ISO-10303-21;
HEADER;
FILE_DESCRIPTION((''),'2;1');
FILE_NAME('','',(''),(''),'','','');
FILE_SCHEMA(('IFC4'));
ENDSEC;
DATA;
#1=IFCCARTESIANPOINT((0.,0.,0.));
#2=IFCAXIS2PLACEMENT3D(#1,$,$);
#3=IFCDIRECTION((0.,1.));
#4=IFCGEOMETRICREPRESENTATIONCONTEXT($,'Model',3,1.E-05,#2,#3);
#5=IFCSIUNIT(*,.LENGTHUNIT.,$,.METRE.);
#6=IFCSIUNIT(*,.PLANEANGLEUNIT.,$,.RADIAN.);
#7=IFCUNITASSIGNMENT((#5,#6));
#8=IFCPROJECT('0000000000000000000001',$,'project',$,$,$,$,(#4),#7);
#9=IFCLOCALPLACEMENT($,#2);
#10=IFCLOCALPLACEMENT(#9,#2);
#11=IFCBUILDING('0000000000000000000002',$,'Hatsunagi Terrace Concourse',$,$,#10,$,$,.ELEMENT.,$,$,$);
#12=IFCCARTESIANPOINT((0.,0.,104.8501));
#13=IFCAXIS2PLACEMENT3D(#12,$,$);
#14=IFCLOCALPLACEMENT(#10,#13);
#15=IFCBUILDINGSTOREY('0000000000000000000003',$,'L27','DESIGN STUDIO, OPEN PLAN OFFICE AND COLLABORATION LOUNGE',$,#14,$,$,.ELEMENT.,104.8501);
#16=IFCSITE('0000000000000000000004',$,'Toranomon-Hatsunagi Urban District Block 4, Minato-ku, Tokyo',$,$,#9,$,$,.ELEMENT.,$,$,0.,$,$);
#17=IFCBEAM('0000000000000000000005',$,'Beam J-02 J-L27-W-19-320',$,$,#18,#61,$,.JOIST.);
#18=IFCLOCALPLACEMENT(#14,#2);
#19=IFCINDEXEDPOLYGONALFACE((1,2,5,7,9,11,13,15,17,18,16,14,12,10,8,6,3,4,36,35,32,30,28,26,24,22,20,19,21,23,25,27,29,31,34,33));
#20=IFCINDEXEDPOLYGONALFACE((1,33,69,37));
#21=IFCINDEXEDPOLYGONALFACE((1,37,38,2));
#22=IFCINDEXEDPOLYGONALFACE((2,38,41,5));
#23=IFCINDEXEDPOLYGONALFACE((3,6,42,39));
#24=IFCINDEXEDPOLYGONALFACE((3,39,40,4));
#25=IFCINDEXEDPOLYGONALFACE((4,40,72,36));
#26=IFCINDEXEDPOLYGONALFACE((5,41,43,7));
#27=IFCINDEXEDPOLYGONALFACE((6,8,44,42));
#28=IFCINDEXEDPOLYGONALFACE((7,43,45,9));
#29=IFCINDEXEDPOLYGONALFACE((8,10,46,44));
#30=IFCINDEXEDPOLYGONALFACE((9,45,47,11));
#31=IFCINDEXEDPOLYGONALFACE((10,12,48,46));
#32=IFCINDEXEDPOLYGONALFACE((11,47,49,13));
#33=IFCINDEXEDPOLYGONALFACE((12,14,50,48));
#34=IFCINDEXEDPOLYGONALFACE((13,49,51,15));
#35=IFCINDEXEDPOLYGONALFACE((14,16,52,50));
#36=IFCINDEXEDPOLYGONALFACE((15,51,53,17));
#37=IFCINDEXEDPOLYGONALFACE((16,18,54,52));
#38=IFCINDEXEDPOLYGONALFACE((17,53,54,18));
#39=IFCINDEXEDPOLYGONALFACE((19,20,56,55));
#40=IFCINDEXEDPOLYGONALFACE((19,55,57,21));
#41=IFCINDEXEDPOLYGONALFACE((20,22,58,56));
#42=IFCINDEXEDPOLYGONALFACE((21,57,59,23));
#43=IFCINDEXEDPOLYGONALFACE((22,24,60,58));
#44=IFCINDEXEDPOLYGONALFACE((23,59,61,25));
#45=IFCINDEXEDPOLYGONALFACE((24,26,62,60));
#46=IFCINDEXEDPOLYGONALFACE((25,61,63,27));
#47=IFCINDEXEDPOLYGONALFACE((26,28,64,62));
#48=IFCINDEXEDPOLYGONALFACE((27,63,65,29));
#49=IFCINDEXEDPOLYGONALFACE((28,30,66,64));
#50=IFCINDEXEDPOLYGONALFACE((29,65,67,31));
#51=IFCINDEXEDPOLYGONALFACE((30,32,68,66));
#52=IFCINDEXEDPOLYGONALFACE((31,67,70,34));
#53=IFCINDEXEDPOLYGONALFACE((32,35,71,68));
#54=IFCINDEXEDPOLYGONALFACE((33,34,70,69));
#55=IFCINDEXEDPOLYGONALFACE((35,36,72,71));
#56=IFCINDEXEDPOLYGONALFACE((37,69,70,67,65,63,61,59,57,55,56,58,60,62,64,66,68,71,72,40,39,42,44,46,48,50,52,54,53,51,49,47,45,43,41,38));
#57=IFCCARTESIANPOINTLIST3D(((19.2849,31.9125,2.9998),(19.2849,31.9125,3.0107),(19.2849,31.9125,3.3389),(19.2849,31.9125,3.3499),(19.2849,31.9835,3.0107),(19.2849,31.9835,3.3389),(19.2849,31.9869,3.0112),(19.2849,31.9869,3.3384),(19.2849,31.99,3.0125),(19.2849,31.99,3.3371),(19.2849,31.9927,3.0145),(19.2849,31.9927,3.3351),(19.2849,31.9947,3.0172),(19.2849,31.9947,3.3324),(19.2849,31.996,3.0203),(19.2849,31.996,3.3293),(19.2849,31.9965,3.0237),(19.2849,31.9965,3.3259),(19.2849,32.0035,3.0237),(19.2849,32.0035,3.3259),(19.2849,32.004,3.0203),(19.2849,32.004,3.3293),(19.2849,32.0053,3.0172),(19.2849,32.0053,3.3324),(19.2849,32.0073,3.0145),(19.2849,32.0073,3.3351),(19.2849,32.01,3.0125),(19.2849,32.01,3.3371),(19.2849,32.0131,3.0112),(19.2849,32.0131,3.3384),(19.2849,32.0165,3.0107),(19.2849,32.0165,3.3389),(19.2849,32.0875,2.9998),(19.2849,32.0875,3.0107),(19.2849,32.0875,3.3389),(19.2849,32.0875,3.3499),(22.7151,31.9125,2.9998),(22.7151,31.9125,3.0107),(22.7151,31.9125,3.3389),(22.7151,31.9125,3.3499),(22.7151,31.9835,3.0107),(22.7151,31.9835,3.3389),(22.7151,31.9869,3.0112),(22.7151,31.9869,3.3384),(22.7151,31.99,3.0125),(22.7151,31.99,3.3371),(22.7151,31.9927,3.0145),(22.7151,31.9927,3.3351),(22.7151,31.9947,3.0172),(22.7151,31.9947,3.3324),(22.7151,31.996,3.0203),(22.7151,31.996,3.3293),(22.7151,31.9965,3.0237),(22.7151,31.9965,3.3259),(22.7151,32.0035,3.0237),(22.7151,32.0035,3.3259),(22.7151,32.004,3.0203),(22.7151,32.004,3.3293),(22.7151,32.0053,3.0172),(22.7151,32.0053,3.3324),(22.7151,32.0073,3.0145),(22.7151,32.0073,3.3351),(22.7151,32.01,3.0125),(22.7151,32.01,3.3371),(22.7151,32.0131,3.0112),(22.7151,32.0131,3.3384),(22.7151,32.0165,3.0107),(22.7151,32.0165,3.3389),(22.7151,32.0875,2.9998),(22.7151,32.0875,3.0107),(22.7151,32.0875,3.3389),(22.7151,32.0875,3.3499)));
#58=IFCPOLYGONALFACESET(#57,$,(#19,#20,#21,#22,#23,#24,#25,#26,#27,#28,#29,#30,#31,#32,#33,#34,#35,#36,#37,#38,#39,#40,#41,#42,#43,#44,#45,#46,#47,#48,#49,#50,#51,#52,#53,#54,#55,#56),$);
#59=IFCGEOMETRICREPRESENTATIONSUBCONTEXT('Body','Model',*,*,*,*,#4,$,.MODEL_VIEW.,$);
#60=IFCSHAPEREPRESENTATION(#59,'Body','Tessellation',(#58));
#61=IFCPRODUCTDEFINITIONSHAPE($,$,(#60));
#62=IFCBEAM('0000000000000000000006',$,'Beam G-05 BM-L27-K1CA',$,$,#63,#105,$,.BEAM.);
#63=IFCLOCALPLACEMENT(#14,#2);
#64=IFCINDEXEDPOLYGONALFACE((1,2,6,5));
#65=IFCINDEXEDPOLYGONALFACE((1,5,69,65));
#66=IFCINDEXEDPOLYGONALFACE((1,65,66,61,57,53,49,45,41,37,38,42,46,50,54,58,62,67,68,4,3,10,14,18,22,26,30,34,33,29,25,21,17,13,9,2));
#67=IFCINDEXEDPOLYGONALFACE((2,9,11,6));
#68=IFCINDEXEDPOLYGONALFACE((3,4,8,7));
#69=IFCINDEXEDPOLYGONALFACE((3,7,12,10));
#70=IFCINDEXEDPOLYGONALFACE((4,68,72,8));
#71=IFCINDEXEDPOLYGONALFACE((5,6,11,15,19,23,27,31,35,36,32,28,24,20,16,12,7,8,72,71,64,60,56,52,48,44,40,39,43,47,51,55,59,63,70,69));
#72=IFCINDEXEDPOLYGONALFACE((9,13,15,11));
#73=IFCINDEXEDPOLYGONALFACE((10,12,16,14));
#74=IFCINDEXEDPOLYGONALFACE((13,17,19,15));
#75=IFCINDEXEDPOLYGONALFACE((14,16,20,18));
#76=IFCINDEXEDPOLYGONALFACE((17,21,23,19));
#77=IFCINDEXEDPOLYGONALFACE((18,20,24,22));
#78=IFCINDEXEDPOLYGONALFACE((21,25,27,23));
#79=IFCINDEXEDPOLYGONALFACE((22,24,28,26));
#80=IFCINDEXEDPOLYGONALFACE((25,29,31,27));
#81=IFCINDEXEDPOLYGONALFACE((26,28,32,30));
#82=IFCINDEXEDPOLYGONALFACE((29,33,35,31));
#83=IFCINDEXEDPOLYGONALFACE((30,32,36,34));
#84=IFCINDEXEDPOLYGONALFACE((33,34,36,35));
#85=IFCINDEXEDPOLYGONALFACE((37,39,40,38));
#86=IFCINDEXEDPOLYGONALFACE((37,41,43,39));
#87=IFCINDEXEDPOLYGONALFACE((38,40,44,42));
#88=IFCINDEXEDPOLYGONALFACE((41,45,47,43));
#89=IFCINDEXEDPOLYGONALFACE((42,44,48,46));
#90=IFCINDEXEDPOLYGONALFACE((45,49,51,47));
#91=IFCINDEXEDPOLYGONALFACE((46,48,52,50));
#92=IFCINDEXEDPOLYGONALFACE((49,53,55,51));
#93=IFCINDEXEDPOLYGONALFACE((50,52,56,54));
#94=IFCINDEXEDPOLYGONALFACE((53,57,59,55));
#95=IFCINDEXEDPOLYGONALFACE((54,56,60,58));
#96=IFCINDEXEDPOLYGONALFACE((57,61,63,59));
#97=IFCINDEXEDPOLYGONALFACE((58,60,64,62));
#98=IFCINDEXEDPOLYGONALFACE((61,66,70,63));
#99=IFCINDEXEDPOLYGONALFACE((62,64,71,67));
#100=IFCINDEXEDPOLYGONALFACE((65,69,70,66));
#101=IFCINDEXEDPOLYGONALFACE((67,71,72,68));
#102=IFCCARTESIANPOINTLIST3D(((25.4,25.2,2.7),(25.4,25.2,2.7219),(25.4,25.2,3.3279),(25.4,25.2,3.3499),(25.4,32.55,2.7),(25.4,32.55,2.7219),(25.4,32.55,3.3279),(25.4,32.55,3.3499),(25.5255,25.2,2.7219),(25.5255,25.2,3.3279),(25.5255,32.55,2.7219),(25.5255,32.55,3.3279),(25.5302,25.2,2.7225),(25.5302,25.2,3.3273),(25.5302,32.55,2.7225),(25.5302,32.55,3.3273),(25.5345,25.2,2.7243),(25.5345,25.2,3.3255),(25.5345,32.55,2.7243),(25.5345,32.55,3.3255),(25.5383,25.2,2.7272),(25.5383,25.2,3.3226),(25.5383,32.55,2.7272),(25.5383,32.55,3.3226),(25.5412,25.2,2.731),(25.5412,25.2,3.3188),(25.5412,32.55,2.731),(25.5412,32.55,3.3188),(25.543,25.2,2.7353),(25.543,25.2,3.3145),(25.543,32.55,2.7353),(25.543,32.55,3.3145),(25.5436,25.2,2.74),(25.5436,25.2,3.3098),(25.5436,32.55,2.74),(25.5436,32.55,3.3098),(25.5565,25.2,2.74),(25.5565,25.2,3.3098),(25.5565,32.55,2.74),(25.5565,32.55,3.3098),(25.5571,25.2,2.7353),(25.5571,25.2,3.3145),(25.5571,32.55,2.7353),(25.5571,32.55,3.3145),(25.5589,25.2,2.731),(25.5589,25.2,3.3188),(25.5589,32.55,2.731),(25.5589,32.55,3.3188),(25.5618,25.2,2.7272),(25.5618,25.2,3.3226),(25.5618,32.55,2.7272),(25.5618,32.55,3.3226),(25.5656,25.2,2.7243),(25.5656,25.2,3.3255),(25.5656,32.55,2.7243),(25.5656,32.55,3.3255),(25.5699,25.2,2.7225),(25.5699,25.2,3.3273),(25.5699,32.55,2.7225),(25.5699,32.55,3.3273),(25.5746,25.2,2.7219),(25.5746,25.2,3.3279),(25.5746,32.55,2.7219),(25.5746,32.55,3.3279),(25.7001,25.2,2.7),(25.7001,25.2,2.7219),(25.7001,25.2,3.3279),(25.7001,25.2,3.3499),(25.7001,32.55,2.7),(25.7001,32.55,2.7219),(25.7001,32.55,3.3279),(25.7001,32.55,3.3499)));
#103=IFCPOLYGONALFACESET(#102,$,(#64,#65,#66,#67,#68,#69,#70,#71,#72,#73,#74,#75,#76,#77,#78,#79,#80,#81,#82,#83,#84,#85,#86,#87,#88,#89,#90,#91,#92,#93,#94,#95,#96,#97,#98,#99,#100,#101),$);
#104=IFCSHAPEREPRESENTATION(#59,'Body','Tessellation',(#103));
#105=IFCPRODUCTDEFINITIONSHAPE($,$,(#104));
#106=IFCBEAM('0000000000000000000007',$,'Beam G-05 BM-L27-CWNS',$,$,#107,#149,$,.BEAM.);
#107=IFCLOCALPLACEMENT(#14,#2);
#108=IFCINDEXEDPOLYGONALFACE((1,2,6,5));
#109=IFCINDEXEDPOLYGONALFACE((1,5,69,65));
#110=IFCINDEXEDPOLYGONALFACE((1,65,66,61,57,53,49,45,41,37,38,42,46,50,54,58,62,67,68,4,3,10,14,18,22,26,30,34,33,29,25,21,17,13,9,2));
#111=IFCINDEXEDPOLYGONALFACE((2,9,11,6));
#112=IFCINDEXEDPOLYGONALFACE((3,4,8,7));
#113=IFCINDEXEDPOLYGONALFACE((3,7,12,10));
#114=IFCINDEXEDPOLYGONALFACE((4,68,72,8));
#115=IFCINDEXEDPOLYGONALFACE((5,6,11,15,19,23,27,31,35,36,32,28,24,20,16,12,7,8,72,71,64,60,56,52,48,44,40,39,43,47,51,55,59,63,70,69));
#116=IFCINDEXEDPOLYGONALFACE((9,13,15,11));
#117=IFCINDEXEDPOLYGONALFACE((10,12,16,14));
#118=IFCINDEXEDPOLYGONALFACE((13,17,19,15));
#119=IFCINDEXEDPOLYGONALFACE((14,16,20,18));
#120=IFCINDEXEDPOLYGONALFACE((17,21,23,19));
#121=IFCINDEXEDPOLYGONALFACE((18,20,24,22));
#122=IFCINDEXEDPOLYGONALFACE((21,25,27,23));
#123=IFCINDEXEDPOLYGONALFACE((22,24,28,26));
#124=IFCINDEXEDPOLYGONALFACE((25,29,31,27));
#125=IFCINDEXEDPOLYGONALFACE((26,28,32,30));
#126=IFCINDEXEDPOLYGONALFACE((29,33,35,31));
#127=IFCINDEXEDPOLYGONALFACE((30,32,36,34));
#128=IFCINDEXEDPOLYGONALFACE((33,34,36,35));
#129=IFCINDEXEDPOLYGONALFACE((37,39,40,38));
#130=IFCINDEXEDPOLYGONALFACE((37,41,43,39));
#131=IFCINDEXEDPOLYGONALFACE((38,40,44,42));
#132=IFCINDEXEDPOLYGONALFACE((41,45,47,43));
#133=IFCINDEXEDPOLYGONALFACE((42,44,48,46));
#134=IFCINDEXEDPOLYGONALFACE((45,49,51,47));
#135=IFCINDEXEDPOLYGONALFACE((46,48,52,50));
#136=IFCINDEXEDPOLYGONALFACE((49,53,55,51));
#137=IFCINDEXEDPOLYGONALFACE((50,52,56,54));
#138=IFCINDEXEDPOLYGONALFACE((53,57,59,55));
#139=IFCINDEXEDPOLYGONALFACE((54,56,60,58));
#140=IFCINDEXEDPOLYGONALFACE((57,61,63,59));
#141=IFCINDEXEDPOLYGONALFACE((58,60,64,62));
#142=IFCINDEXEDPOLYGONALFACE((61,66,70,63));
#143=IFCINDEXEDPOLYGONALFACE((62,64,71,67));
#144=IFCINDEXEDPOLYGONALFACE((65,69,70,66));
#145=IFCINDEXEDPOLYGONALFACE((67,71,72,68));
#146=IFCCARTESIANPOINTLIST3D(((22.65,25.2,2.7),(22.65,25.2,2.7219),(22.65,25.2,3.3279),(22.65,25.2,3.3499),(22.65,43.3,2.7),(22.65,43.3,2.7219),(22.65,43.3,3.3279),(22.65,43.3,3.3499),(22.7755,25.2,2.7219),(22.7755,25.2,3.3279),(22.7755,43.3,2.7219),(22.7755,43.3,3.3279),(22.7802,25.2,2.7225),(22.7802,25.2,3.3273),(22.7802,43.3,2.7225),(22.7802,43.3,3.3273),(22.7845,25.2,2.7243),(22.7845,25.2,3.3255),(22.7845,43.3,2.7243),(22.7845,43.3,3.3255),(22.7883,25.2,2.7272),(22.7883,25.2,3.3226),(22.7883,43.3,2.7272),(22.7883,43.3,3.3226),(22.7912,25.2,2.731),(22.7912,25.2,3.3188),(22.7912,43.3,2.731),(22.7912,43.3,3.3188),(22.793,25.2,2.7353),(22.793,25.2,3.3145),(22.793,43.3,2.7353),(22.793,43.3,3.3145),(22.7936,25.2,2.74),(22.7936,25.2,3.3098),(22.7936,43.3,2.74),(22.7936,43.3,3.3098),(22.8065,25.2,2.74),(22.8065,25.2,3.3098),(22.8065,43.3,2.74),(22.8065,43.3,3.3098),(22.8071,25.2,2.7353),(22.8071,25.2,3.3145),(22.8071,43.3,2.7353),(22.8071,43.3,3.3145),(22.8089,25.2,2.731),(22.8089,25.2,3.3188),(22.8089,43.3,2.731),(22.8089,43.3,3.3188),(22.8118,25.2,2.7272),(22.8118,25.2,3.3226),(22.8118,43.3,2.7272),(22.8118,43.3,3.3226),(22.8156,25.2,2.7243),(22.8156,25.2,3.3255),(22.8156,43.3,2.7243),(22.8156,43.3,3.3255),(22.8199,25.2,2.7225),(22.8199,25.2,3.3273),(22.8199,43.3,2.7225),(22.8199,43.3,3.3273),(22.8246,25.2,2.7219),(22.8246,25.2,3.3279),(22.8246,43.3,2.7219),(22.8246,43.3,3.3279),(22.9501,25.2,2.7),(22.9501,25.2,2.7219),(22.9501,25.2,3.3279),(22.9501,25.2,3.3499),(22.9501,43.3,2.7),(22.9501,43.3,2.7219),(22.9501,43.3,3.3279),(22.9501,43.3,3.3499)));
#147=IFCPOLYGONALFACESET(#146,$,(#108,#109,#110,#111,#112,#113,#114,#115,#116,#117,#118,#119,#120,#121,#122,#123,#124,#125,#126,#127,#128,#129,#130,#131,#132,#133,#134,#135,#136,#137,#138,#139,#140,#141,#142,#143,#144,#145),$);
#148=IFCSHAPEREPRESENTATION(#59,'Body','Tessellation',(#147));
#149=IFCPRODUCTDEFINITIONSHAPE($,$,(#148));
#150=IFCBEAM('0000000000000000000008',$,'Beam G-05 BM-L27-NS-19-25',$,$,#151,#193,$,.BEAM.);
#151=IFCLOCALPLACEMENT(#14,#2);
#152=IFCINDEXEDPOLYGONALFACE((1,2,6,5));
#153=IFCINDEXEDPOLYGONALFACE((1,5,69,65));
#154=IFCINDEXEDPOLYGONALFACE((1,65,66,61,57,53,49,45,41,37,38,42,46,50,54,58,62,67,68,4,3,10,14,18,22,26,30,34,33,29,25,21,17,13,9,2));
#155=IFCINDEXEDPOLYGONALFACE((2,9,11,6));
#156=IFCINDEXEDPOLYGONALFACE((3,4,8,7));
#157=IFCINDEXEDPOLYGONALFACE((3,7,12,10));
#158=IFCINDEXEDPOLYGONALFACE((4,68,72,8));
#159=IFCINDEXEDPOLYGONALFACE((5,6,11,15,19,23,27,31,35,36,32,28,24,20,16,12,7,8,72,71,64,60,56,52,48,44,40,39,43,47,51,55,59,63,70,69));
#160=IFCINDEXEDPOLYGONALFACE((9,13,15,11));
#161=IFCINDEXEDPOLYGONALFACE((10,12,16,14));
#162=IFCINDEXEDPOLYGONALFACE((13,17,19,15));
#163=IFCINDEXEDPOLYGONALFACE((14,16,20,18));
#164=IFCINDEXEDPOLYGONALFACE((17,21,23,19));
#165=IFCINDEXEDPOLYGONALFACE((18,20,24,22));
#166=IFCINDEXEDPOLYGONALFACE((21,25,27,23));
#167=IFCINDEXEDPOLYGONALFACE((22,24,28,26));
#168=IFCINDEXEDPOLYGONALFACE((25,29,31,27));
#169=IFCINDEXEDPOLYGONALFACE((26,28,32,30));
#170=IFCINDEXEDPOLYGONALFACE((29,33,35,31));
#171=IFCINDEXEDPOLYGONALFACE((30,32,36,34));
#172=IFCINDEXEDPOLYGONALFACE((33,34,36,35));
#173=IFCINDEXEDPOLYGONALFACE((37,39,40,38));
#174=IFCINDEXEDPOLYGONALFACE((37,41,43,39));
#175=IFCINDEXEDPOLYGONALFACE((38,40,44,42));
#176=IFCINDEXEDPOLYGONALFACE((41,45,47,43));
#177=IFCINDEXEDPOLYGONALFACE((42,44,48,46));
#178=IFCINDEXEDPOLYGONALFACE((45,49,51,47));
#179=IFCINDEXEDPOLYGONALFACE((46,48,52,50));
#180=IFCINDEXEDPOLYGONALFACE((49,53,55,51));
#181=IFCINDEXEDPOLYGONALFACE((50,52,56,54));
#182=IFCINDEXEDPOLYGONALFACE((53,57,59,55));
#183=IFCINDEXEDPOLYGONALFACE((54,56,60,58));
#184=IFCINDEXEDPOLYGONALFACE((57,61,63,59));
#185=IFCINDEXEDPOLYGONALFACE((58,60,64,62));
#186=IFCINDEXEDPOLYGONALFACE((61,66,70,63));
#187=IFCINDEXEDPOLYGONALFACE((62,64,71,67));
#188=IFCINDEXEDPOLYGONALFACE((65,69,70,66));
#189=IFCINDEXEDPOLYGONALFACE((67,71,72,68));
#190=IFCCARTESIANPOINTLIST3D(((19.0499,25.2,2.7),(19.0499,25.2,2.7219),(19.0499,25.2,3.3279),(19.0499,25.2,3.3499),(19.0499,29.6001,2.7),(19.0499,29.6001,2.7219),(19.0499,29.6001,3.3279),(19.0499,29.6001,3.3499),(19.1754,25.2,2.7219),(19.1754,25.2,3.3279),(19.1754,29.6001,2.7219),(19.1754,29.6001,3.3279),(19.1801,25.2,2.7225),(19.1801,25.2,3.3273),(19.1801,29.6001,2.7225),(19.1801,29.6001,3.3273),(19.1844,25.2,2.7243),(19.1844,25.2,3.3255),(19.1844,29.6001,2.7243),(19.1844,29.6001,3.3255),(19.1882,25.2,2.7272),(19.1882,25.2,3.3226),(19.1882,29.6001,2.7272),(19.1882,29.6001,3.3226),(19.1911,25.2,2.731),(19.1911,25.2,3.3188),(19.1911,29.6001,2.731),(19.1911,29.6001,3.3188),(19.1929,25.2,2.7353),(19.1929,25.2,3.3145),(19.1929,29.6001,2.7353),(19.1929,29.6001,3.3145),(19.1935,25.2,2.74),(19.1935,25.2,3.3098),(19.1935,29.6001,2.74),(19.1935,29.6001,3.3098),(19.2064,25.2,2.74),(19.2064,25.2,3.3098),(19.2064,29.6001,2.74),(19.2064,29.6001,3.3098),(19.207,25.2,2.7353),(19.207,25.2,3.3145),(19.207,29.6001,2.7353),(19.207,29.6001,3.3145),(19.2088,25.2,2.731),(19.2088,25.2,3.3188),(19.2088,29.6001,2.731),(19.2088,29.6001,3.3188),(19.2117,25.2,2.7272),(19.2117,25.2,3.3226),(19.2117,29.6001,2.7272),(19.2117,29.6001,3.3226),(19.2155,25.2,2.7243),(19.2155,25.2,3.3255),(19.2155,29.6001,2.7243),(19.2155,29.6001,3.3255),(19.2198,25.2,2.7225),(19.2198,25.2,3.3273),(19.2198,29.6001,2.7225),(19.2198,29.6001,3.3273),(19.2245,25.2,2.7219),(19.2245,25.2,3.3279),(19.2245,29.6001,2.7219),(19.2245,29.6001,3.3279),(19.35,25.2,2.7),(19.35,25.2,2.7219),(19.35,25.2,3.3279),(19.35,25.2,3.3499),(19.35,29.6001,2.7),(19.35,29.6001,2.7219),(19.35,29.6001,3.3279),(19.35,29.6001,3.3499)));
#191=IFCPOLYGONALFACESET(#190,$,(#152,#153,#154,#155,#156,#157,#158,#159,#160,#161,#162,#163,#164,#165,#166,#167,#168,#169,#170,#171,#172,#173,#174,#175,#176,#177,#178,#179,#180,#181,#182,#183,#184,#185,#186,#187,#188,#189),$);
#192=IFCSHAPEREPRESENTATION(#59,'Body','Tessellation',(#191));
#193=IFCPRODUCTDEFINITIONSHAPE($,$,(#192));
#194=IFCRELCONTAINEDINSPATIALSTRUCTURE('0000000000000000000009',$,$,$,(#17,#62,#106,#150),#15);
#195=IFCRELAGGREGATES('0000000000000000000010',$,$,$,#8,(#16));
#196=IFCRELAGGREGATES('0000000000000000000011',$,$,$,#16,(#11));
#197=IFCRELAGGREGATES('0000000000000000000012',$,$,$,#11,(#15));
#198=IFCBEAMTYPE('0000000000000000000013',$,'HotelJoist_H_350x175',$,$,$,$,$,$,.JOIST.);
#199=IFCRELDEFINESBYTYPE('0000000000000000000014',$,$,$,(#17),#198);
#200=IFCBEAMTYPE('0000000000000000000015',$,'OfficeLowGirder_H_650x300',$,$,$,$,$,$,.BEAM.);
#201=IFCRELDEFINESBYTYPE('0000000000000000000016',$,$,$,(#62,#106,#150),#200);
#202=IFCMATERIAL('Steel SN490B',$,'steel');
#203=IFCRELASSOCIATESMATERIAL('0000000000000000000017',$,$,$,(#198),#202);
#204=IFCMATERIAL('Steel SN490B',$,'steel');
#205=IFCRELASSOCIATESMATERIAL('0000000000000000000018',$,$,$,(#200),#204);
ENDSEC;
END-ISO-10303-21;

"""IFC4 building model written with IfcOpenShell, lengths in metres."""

from ifc_helpers import new_model, si_unit, direction, frame, origin, origin_2d, place, context, subcontext, project, spatial, i_section, extrude, material, material_profile, profile_set, type_object, element, save


model = new_model("IFC4")

# Units and contexts
model_context = context("Model", 3, precision=1e-05, world=origin(), true_north=direction((0.0, 1.0)))
body_context = subcontext(model_context, "Body", "Model", "MODEL_VIEW")
ifc_project = project(units=[si_unit("LENGTHUNIT", "METRE"), si_unit("PLANEANGLEUNIT", "RADIAN")], contexts=[model_context])

# Site, building, storey
site_placement = place(None, origin())
site = spatial("IfcSite", under=ifc_project, at=site_placement, Name="Toranomon-Hatsunagi Urban District Block 4, Minato-ku, Tokyo", CompositionType="ELEMENT", RefElevation=0.0)
building_placement = place(site_placement, origin())
building = spatial("IfcBuilding", under=site, at=building_placement, Name="Hatsunagi Terrace Concourse", CompositionType="ELEMENT")
storey_placement = place(building_placement, frame((0.0, 0.0, 104.8501)))
storey = spatial("IfcBuildingStorey", under=building, at=storey_placement, Name="L27", Description="DESIGN STUDIO, OPEN PLAN OFFICE AND COLLABORATION LOUNGE", CompositionType="ELEMENT", Elevation=104.8501)

# Beams
ifc_material_1 = material(Name="Steel SN490B", Category="steel")
ifc_material_profile_1 = material_profile(ifc_material_1, i_section(OverallWidth=0.175, OverallDepth=0.3501, WebThickness=0.0071, FlangeThickness=0.011, FilletRadius=0.0129, at=origin_2d()), Name="H-350x175x7x11")
ifc_profile_set_1 = profile_set([ifc_material_profile_1], Name="Steel SN490B")
beam_type_1 = type_object("IfcBeamType", Name="HotelJoist_H_350x175", PredefinedType="JOIST", material=ifc_profile_set_1)
for number, where, z_axis, x_axis, name in (
    (1, (19.2849, 32.0, 3.1748), (1.0, 0.0, 0.0), (0.0, 1.0, 0.0), "Beam J-02 J-L27-W-19-320"),
):
    element("IfcBeam", number, at=place(storey_placement, frame(where, z_axis=z_axis, x_axis=x_axis)), inside=storey, type_object=beam_type_1, Name=name, PredefinedType="JOIST", context=body_context, shape_type="SweptSolid", body=[
        extrude(i_section(OverallWidth=0.175, OverallDepth=0.3501, WebThickness=0.0071, FlangeThickness=0.011, FilletRadius=0.0129, at=origin_2d()), origin(), (0.0, 0.0, 1.0), 3.4302),
    ])
ifc_material_2 = material(Name="Steel SN490B", Category="steel")
ifc_material_profile_2 = material_profile(ifc_material_2, i_section(OverallWidth=0.3, OverallDepth=0.6499, WebThickness=0.0129, FlangeThickness=0.022, FilletRadius=0.0181, at=origin_2d()), Name="H-650x300x13x22")
ifc_profile_set_2 = profile_set([ifc_material_profile_2], Name="Steel SN490B")
beam_type_2 = type_object("IfcBeamType", Name="OfficeLowGirder_H_650x300", PredefinedType="BEAM", material=ifc_profile_set_2)
beam_1_placement = place(storey_placement, frame((25.55, 25.2, 3.0249), z_axis=(0.0, 1.0, 0.0), x_axis=(-1.0, 0.0, 0.0)))
element("IfcBeam", 2, at=beam_1_placement, inside=storey, type_object=beam_type_2, Name="Beam G-05 BM-L27-K1CA", PredefinedType="BEAM", context=body_context, shape_type="SweptSolid", body=[
    extrude(i_section(OverallWidth=0.3, OverallDepth=0.6499, WebThickness=0.0129, FlangeThickness=0.022, FilletRadius=0.0181, at=origin_2d()), origin(), (0.0, 0.0, 1.0), 7.3501),
])
beam_2_placement = place(storey_placement, frame((22.8, 25.2, 3.0249), z_axis=(0.0, 1.0, 0.0), x_axis=(-1.0, 0.0, 0.0)))
element("IfcBeam", 3, at=beam_2_placement, inside=storey, type_object=beam_type_2, Name="Beam G-05 BM-L27-CWNS", PredefinedType="BEAM", context=body_context, shape_type="SweptSolid", body=[
    extrude(i_section(OverallWidth=0.3, OverallDepth=0.6499, WebThickness=0.0129, FlangeThickness=0.022, FilletRadius=0.0181, at=origin_2d()), origin(), (0.0, 0.0, 1.0), 18.1001),
])
beam_3_placement = place(storey_placement, frame((19.2, 25.2, 3.0249), z_axis=(0.0, 1.0, 0.0), x_axis=(-1.0, 0.0, 0.0)))
element("IfcBeam", 4, at=beam_3_placement, inside=storey, type_object=beam_type_2, Name="Beam G-05 BM-L27-NS-19-25", PredefinedType="BEAM", context=body_context, shape_type="SweptSolid", body=[
    extrude(i_section(OverallWidth=0.3, OverallDepth=0.6499, WebThickness=0.0129, FlangeThickness=0.022, FilletRadius=0.0181, at=origin_2d()), origin(), (0.0, 0.0, 1.0), 4.4001),
])

save(model, "model.ifc")
